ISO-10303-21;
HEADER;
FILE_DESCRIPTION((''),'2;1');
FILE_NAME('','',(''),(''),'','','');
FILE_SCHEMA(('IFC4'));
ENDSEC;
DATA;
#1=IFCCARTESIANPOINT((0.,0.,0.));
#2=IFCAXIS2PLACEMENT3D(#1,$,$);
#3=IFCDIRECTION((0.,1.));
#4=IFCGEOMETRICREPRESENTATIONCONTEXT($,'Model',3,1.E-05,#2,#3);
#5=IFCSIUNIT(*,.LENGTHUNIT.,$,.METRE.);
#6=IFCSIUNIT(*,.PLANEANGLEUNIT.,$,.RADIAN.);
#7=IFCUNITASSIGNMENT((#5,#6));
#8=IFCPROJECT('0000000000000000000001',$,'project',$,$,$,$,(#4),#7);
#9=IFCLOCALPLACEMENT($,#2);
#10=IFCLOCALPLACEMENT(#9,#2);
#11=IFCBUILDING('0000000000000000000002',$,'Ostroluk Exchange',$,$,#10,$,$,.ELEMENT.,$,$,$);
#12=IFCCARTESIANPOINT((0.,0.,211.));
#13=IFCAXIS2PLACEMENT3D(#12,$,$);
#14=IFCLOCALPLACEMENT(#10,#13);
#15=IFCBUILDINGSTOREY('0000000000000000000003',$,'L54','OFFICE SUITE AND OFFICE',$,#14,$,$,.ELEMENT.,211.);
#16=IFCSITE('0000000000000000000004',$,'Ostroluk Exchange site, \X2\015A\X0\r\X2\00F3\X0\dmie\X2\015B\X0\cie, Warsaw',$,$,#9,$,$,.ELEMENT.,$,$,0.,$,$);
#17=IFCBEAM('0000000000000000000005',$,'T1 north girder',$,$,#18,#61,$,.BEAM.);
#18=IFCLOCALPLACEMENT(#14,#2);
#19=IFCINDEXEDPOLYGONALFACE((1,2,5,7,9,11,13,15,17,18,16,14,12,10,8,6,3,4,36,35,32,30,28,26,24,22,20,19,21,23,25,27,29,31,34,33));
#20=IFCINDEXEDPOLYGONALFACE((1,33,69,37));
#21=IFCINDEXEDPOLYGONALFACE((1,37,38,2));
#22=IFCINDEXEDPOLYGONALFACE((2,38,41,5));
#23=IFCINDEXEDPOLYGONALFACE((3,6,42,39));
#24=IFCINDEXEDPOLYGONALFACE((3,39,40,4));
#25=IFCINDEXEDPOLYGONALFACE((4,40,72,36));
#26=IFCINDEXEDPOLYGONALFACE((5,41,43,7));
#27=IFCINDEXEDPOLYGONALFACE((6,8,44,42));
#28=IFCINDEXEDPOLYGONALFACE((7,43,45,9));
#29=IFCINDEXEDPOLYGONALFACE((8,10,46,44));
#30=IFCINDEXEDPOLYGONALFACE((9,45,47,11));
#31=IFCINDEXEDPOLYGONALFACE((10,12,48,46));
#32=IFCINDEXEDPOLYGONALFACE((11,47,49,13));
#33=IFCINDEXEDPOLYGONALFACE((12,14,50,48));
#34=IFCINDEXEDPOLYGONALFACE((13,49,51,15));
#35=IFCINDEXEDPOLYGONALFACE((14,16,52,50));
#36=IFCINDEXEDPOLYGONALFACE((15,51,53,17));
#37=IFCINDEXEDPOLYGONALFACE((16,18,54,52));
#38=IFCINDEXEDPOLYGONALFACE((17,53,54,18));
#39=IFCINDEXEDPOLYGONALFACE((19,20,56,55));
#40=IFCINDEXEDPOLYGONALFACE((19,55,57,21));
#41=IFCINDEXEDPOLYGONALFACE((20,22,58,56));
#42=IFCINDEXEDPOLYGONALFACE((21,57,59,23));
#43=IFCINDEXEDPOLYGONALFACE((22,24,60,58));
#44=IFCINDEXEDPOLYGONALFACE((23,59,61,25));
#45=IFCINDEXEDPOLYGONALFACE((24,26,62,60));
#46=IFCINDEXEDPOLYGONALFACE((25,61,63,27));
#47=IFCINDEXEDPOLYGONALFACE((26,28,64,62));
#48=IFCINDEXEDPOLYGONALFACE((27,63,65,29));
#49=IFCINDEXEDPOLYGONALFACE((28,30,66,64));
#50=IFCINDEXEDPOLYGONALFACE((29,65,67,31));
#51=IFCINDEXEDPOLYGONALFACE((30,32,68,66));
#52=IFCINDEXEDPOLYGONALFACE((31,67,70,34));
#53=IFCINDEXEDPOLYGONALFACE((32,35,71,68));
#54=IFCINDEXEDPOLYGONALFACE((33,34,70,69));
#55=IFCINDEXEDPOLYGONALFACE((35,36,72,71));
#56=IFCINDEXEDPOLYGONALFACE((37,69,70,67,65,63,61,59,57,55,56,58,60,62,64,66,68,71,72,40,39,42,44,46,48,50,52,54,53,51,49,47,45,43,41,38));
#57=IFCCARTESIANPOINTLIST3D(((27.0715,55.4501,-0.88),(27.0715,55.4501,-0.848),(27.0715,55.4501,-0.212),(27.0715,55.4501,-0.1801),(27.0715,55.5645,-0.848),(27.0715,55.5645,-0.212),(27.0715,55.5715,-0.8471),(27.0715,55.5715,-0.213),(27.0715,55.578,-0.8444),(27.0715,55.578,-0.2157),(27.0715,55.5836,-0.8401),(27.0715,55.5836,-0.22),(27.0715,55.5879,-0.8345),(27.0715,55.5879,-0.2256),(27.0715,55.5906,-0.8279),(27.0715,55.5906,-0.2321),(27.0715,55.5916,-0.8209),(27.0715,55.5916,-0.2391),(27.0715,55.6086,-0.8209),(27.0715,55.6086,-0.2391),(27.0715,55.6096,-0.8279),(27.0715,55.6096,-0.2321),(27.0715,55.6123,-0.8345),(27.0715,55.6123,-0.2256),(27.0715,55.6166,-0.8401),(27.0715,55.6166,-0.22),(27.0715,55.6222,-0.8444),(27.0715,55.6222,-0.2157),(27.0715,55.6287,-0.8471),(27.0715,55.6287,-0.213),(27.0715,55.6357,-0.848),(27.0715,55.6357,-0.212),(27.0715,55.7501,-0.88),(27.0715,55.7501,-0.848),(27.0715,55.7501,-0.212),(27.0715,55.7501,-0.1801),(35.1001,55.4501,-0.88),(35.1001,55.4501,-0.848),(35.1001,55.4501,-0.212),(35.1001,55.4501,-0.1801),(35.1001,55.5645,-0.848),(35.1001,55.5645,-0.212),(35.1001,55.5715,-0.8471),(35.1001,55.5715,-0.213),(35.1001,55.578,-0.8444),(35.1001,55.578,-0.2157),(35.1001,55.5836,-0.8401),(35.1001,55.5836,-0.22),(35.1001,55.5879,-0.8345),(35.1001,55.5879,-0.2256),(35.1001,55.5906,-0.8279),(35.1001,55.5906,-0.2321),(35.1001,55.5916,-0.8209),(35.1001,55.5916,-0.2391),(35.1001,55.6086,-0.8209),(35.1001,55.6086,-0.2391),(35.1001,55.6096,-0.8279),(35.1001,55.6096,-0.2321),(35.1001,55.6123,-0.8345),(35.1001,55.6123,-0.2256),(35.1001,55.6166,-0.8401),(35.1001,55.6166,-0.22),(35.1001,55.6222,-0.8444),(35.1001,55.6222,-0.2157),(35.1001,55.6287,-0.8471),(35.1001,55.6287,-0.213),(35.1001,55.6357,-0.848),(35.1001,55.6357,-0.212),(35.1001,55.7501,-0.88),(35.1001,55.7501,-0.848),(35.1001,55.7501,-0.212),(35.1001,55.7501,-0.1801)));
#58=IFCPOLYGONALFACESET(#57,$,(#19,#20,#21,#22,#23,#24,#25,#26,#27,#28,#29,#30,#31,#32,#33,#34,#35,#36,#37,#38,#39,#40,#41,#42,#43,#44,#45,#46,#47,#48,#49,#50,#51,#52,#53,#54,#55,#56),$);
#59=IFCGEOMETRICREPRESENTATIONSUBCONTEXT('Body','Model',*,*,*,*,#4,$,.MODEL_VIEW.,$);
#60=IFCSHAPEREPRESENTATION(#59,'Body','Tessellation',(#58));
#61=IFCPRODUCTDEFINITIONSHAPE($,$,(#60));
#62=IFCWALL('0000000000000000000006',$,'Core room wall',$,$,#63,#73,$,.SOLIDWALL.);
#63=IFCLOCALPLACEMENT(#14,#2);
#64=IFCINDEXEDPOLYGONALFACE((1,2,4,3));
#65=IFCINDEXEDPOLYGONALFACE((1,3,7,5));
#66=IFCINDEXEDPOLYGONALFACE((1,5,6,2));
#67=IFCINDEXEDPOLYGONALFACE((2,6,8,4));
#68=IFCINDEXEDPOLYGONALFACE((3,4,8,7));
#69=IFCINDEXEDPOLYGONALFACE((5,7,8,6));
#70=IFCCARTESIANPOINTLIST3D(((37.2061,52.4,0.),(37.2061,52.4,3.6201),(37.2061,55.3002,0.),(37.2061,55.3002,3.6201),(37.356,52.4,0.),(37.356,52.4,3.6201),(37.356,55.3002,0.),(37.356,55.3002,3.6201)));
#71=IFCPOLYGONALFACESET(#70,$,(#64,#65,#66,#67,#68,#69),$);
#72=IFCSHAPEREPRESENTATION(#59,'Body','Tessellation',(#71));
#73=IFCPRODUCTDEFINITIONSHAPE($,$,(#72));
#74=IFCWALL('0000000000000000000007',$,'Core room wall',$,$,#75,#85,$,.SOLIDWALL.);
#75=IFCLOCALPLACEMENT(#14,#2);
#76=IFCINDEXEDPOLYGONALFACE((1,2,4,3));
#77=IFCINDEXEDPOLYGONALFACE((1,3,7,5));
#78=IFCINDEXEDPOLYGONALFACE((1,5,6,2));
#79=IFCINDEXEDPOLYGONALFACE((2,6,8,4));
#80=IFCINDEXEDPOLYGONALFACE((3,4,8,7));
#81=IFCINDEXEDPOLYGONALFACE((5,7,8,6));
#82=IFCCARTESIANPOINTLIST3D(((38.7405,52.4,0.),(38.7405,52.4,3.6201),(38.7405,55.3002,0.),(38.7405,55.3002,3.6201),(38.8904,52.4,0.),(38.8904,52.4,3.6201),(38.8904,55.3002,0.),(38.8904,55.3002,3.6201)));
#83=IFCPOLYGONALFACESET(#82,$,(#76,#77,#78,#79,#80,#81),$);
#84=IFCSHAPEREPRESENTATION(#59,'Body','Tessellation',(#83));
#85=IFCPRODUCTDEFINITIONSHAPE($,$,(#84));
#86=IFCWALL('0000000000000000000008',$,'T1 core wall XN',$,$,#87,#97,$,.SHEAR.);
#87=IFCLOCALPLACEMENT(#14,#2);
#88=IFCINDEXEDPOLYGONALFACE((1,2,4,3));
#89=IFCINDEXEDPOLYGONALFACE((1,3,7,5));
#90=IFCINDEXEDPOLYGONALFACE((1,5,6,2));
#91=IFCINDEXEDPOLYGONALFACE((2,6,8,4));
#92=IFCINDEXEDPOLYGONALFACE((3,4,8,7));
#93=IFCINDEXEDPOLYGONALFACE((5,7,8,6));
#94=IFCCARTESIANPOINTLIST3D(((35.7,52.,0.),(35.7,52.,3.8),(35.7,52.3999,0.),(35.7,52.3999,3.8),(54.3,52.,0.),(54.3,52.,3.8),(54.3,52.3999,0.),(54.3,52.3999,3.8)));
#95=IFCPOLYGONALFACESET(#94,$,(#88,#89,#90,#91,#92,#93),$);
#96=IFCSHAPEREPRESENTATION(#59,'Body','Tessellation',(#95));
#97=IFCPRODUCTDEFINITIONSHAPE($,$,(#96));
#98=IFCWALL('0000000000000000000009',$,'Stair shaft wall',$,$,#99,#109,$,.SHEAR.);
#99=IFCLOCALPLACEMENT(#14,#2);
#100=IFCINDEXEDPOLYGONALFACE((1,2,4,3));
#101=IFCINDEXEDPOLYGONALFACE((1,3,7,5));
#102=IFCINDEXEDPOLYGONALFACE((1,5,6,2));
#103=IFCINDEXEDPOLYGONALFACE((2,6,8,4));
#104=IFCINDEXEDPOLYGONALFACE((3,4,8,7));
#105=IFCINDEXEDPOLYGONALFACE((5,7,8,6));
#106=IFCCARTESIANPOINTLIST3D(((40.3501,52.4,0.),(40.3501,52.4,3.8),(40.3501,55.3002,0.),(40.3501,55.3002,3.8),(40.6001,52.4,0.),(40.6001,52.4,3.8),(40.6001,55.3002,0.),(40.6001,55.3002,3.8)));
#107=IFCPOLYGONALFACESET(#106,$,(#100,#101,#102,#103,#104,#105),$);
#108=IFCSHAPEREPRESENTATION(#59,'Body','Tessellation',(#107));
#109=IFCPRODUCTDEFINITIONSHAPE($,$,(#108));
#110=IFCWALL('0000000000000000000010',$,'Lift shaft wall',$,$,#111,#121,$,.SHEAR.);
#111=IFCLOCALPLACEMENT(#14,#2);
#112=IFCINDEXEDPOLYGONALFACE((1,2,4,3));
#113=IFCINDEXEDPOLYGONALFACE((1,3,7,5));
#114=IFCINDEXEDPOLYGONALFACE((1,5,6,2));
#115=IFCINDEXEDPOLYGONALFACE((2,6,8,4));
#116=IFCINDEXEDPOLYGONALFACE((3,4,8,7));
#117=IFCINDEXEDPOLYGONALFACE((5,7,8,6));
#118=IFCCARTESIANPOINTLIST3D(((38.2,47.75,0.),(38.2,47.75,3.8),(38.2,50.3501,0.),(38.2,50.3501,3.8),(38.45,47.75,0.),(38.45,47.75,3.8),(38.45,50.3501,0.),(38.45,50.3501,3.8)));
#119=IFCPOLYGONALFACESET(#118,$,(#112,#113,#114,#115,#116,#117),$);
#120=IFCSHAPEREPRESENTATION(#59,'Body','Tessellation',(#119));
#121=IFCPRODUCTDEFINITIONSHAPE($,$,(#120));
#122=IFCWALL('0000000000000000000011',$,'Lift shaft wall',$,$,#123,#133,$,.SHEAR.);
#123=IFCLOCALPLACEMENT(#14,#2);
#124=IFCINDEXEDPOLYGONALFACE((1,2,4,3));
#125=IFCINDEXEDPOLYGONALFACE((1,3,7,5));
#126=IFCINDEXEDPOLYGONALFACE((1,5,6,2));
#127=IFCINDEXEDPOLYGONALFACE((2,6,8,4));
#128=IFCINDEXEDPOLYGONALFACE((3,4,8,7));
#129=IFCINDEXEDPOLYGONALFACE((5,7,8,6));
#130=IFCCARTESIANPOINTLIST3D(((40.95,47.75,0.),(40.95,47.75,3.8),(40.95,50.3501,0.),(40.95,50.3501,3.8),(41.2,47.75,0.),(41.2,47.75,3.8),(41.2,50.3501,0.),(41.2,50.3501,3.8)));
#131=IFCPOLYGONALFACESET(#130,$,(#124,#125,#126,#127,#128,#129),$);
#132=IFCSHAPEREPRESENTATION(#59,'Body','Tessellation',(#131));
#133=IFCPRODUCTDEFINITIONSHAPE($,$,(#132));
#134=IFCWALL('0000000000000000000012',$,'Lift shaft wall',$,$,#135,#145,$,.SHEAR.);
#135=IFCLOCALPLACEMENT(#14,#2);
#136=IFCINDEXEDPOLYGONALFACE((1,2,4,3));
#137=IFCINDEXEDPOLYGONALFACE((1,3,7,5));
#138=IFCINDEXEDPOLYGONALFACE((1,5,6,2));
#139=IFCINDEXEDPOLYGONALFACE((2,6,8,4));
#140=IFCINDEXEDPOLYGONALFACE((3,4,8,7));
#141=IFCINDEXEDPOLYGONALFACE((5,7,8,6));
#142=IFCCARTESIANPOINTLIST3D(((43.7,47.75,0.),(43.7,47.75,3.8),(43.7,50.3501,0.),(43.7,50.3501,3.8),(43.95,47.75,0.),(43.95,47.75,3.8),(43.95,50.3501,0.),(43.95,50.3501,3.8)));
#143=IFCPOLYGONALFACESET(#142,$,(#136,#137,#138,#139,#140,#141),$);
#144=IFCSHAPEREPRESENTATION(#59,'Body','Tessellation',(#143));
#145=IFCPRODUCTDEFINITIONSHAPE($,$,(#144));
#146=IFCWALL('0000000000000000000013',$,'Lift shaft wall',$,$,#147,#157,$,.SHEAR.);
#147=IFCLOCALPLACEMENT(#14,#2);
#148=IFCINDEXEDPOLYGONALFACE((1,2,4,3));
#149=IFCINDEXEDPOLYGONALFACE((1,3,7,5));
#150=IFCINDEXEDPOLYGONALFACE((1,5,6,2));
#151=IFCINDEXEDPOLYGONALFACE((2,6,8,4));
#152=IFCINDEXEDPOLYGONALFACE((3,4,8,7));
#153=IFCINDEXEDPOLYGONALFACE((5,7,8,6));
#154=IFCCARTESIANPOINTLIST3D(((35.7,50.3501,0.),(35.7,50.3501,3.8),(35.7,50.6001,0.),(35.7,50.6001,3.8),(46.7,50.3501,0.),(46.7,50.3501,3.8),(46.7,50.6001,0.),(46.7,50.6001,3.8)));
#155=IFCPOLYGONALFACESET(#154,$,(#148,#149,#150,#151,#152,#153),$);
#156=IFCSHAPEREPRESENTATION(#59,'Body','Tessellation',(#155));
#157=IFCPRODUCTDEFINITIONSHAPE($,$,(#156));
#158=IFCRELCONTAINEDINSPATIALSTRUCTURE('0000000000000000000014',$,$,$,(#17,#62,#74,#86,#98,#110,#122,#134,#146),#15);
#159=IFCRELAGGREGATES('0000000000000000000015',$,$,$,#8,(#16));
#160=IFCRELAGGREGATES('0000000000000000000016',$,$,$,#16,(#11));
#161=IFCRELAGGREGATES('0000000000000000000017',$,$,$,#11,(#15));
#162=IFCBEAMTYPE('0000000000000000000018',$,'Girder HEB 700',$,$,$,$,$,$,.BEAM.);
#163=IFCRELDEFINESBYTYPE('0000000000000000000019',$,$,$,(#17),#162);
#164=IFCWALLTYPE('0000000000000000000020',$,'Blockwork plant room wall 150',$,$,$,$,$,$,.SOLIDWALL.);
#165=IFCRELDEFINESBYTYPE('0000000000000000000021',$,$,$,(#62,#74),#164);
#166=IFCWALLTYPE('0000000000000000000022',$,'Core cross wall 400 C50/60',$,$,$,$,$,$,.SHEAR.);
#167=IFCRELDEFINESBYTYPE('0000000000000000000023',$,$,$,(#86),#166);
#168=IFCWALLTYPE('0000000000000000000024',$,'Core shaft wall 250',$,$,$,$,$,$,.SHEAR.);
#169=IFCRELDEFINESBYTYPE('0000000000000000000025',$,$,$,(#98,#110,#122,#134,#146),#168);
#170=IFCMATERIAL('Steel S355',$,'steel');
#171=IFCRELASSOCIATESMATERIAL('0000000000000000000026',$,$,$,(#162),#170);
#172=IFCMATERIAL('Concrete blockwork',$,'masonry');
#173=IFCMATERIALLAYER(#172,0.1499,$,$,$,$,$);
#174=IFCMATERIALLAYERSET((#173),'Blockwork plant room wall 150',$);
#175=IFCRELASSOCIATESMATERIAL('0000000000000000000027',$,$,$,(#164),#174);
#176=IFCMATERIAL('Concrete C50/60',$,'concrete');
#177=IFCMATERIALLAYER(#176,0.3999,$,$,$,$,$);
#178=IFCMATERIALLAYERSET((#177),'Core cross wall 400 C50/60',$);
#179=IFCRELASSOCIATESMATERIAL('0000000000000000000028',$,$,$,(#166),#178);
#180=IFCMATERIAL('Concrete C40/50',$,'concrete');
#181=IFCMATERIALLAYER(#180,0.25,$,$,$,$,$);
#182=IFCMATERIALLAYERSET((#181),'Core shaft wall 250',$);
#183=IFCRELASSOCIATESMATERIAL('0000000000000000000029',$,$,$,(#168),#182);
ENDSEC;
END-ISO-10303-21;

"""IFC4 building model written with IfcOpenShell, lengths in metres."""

from ifc_helpers import new_model, si_unit, direction, frame, frame_2d, origin, origin_2d, place, context, subcontext, project, spatial, rectangle, i_section, extrude, material, layer, layer_set, material_profile, profile_set, type_object, element, save


model = new_model("IFC4")

# Units and contexts
model_context = context("Model", 3, precision=1e-05, world=origin(), true_north=direction((0.0, 1.0)))
body_context = subcontext(model_context, "Body", "Model", "MODEL_VIEW")
ifc_project = project(units=[si_unit("LENGTHUNIT", "METRE"), si_unit("PLANEANGLEUNIT", "RADIAN")], contexts=[model_context])

# Site, building, storey
site_placement = place(None, origin())
site = spatial("IfcSite", under=ifc_project, at=site_placement, Name="Ostroluk Exchange site, Śródmieście, Warsaw", CompositionType="ELEMENT", RefElevation=0.0)
building_placement = place(site_placement, origin())
building = spatial("IfcBuilding", under=site, at=building_placement, Name="Ostroluk Exchange", CompositionType="ELEMENT")
storey_placement = place(building_placement, frame((0.0, 0.0, 211.0)))
storey = spatial("IfcBuildingStorey", under=building, at=storey_placement, Name="L54", Description="OFFICE SUITE AND OFFICE", CompositionType="ELEMENT", Elevation=211.0)

# Beam
ifc_material_1 = material(Name="Steel S355", Category="steel")
ifc_material_profile_1 = material_profile(ifc_material_1, i_section(OverallWidth=0.3, OverallDepth=0.7, WebThickness=0.0171, FlangeThickness=0.032, FilletRadius=0.0271, at=origin_2d()), Name="HEB 700")
ifc_profile_set_1 = profile_set([ifc_material_profile_1], Name="Steel S355")
beam_type_1 = type_object("IfcBeamType", Name="Girder HEB 700", PredefinedType="BEAM", material=ifc_profile_set_1)
beam_1_placement = place(storey_placement, frame((35.1001, 55.6001, -0.53), z_axis=(-1.0, 0.0, 0.0), x_axis=(0.0, -1.0, 0.0)))
element("IfcBeam", 1, at=beam_1_placement, inside=storey, type_object=beam_type_1, Name="T1 north girder", PredefinedType="BEAM", context=body_context, shape_type="SweptSolid", body=[
    extrude(i_section(OverallWidth=0.3, OverallDepth=0.7, WebThickness=0.0171, FlangeThickness=0.032, FilletRadius=0.0271, at=origin_2d()), origin(), (0.0, 0.0, 1.0), 8.0286),
])

# Walls
ifc_material_2 = material(Name="Concrete blockwork", Category="masonry")
ifc_layer_1 = layer(ifc_material_2, 0.1499)
ifc_layer_set_1 = layer_set([ifc_layer_1], Name="Blockwork plant room wall 150")
wall_type_1 = type_object("IfcWallType", Name="Blockwork plant room wall 150", PredefinedType="SOLIDWALL", material=ifc_layer_set_1)
for number, where, z_axis, x_axis, name in (
    (2, (37.281, 52.3999, 0.0), (0.0, 0.0, 1.0), (0.0, 1.0, 0.0), "Core room wall"),
    (3, (38.8154, 52.3999, 0.0), (0.0, 0.0, 1.0), (0.0, 1.0, 0.0), "Core room wall"),
):
    element("IfcWall", number, at=place(storey_placement, frame(where, z_axis=z_axis, x_axis=x_axis)), inside=storey, type_object=wall_type_1, Name=name, PredefinedType="SOLIDWALL", context=body_context, shape_type="SweptSolid", body=[
        extrude(rectangle(XDim=2.9001, YDim=0.1499, at=frame_2d((1.4502, 0.0))), origin(), (0.0, 0.0, 1.0), 3.6201),
    ])
ifc_material_3 = material(Name="Concrete C50/60", Category="concrete")
ifc_layer_2 = layer(ifc_material_3, 0.3999)
ifc_layer_set_2 = layer_set([ifc_layer_2], Name="Core cross wall 400 C50/60")
wall_type_2 = type_object("IfcWallType", Name="Core cross wall 400 C50/60", PredefinedType="SHEAR", material=ifc_layer_set_2)
wall_1_placement = place(storey_placement, frame((35.7, 52.2, 0.0), z_axis=(0.0, 0.0, 1.0), x_axis=(1.0, 0.0, 0.0)))
element("IfcWall", 4, at=wall_1_placement, inside=storey, type_object=wall_type_2, Name="T1 core wall XN", PredefinedType="SHEAR", context=body_context, shape_type="SweptSolid", body=[
    extrude(rectangle(XDim=18.6001, YDim=0.3999, at=frame_2d((9.3, 0.0))), origin(), (0.0, 0.0, 1.0), 3.8),
])
ifc_material_4 = material(Name="Concrete C40/50", Category="concrete")
ifc_layer_3 = layer(ifc_material_4, 0.25)
ifc_layer_set_3 = layer_set([ifc_layer_3], Name="Core shaft wall 250")
wall_type_3 = type_object("IfcWallType", Name="Core shaft wall 250", PredefinedType="SHEAR", material=ifc_layer_set_3)
wall_2_placement = place(storey_placement, frame((40.4751, 52.3999, 0.0), z_axis=(0.0, 0.0, 1.0), x_axis=(0.0, 1.0, 0.0)))
element("IfcWall", 5, at=wall_2_placement, inside=storey, type_object=wall_type_3, Name="Stair shaft wall", PredefinedType="SHEAR", context=body_context, shape_type="SweptSolid", body=[
    extrude(rectangle(XDim=2.9001, YDim=0.25, at=frame_2d((1.4502, 0.0))), origin(), (0.0, 0.0, 1.0), 3.8),
])
for number, where, z_axis, x_axis, name in (
    (6, (38.325, 47.75, 0.0), (0.0, 0.0, 1.0), (0.0, 1.0, 0.0), "Lift shaft wall"),
    (7, (41.075, 47.75, 0.0), (0.0, 0.0, 1.0), (0.0, 1.0, 0.0), "Lift shaft wall"),
    (8, (43.825, 47.75, 0.0), (0.0, 0.0, 1.0), (0.0, 1.0, 0.0), "Lift shaft wall"),
):
    element("IfcWall", number, at=place(storey_placement, frame(where, z_axis=z_axis, x_axis=x_axis)), inside=storey, type_object=wall_type_3, Name=name, PredefinedType="SHEAR", context=body_context, shape_type="SweptSolid", body=[
        extrude(rectangle(XDim=2.6001, YDim=0.25, at=frame_2d((1.3, 0.0))), origin(), (0.0, 0.0, 1.0), 3.8),
    ])
wall_3_placement = place(storey_placement, frame((35.7, 50.4751, 0.0), z_axis=(0.0, 0.0, 1.0), x_axis=(1.0, 0.0, 0.0)))
element("IfcWall", 9, at=wall_3_placement, inside=storey, type_object=wall_type_3, Name="Lift shaft wall", PredefinedType="SHEAR", context=body_context, shape_type="SweptSolid", body=[
    extrude(rectangle(XDim=11.0, YDim=0.25, at=frame_2d((5.5, 0.0))), origin(), (0.0, 0.0, 1.0), 3.8),
])

save(model, "model.ifc")
